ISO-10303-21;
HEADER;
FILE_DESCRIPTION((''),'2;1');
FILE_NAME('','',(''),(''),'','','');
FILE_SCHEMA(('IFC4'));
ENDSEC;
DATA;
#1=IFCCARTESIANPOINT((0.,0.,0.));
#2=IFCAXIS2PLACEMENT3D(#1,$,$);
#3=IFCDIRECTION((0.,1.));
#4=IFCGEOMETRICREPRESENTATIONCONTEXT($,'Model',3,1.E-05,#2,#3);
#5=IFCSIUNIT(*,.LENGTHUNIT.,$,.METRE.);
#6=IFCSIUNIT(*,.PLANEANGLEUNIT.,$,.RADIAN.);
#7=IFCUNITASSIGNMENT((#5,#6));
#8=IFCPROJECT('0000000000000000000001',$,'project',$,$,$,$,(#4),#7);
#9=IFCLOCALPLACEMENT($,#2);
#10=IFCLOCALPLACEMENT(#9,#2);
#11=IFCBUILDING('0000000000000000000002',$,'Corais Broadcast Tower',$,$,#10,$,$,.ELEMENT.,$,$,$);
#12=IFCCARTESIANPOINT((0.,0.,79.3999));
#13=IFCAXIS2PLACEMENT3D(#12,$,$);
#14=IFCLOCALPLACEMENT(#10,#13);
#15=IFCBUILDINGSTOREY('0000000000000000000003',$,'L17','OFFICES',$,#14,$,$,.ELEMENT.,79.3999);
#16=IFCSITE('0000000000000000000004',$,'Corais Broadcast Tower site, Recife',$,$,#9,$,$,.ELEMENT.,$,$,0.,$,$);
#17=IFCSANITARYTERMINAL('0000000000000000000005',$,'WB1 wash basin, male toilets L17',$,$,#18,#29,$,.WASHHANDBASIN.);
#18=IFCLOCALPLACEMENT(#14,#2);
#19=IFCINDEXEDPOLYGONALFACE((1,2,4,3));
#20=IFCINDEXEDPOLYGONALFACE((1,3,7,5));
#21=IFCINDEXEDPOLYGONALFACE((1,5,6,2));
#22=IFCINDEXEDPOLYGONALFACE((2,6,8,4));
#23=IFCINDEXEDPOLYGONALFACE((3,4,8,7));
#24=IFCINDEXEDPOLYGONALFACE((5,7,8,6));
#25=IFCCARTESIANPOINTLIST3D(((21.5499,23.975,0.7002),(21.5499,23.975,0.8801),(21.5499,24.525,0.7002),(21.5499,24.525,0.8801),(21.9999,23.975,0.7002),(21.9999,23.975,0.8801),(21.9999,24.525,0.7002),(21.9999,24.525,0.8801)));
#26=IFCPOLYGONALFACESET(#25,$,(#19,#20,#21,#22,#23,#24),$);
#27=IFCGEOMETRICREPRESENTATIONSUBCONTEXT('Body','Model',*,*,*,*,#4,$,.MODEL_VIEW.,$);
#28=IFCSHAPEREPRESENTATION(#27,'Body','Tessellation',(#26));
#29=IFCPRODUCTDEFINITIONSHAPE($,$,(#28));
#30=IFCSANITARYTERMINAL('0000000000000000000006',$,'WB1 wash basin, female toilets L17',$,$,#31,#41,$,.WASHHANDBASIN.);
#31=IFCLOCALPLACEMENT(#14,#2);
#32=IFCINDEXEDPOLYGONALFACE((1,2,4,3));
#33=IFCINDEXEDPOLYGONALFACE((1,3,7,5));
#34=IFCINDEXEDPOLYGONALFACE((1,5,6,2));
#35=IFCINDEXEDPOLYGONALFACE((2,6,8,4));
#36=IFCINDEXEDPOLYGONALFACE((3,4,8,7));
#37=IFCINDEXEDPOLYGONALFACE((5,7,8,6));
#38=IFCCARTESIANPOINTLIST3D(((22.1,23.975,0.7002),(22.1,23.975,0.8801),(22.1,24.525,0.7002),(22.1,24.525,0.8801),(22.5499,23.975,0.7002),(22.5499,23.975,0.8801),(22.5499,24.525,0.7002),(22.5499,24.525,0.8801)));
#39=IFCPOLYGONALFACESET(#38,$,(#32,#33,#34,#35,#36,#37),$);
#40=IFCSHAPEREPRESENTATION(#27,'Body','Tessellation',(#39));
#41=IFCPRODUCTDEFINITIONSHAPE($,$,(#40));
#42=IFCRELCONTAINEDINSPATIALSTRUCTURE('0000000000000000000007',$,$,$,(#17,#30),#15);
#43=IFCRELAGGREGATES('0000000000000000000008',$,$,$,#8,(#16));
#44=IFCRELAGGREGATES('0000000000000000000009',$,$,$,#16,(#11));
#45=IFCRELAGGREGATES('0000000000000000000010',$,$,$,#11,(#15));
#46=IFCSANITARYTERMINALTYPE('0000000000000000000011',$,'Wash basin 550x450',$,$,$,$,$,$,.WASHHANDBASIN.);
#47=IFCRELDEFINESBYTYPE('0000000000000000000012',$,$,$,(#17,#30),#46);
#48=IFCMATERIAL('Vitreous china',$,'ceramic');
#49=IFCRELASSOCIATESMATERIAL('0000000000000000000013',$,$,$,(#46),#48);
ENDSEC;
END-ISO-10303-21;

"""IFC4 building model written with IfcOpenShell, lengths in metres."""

from ifc_helpers import new_model, si_unit, direction, frame, origin, origin_2d, place, context, subcontext, project, spatial, rectangle, extrude, material, type_object, element, save


model = new_model("IFC4")

# Units and contexts
model_context = context("Model", 3, precision=1e-05, world=origin(), true_north=direction((0.0, 1.0)))
body_context = subcontext(model_context, "Body", "Model", "MODEL_VIEW")
ifc_project = project(units=[si_unit("LENGTHUNIT", "METRE"), si_unit("PLANEANGLEUNIT", "RADIAN")], contexts=[model_context])

# Site, building, storey
site_placement = place(None, origin())
site = spatial("IfcSite", under=ifc_project, at=site_placement, Name="Corais Broadcast Tower site, Recife", CompositionType="ELEMENT", RefElevation=0.0)
building_placement = place(site_placement, origin())
building = spatial("IfcBuilding", under=site, at=building_placement, Name="Corais Broadcast Tower", CompositionType="ELEMENT")
storey_placement = place(building_placement, frame((0.0, 0.0, 79.3999)))
storey = spatial("IfcBuildingStorey", under=building, at=storey_placement, Name="L17", Description="OFFICES", CompositionType="ELEMENT", Elevation=79.3999)

# Sanitary terminals
ifc_material_1 = material(Name="Vitreous china", Category="ceramic")
sanitary_terminal_type = type_object("IfcSanitaryTerminalType", Name="Wash basin 550x450", PredefinedType="WASHHANDBASIN", material=ifc_material_1)
for number, where, z_axis, x_axis, name in (
    (1, (21.7749, 24.25, 0.7002), (0.0, 0.0, 1.0), (1.0, 0.0, 0.0), "WB1 wash basin, male toilets L17"),
    (2, (22.325, 24.25, 0.7002), (0.0, 0.0, 1.0), (1.0, 0.0, 0.0), "WB1 wash basin, female toilets L17"),
):
    element("IfcSanitaryTerminal", number, at=place(storey_placement, frame(where, z_axis=z_axis, x_axis=x_axis)), inside=storey, type_object=sanitary_terminal_type, Name=name, PredefinedType="WASHHANDBASIN", context=body_context, shape_type="SweptSolid", body=[
        extrude(rectangle(XDim=0.45, YDim=0.55, at=origin_2d()), origin(), (0.0, 0.0, 1.0), 0.1799),
    ])

save(model, "model.ifc")
